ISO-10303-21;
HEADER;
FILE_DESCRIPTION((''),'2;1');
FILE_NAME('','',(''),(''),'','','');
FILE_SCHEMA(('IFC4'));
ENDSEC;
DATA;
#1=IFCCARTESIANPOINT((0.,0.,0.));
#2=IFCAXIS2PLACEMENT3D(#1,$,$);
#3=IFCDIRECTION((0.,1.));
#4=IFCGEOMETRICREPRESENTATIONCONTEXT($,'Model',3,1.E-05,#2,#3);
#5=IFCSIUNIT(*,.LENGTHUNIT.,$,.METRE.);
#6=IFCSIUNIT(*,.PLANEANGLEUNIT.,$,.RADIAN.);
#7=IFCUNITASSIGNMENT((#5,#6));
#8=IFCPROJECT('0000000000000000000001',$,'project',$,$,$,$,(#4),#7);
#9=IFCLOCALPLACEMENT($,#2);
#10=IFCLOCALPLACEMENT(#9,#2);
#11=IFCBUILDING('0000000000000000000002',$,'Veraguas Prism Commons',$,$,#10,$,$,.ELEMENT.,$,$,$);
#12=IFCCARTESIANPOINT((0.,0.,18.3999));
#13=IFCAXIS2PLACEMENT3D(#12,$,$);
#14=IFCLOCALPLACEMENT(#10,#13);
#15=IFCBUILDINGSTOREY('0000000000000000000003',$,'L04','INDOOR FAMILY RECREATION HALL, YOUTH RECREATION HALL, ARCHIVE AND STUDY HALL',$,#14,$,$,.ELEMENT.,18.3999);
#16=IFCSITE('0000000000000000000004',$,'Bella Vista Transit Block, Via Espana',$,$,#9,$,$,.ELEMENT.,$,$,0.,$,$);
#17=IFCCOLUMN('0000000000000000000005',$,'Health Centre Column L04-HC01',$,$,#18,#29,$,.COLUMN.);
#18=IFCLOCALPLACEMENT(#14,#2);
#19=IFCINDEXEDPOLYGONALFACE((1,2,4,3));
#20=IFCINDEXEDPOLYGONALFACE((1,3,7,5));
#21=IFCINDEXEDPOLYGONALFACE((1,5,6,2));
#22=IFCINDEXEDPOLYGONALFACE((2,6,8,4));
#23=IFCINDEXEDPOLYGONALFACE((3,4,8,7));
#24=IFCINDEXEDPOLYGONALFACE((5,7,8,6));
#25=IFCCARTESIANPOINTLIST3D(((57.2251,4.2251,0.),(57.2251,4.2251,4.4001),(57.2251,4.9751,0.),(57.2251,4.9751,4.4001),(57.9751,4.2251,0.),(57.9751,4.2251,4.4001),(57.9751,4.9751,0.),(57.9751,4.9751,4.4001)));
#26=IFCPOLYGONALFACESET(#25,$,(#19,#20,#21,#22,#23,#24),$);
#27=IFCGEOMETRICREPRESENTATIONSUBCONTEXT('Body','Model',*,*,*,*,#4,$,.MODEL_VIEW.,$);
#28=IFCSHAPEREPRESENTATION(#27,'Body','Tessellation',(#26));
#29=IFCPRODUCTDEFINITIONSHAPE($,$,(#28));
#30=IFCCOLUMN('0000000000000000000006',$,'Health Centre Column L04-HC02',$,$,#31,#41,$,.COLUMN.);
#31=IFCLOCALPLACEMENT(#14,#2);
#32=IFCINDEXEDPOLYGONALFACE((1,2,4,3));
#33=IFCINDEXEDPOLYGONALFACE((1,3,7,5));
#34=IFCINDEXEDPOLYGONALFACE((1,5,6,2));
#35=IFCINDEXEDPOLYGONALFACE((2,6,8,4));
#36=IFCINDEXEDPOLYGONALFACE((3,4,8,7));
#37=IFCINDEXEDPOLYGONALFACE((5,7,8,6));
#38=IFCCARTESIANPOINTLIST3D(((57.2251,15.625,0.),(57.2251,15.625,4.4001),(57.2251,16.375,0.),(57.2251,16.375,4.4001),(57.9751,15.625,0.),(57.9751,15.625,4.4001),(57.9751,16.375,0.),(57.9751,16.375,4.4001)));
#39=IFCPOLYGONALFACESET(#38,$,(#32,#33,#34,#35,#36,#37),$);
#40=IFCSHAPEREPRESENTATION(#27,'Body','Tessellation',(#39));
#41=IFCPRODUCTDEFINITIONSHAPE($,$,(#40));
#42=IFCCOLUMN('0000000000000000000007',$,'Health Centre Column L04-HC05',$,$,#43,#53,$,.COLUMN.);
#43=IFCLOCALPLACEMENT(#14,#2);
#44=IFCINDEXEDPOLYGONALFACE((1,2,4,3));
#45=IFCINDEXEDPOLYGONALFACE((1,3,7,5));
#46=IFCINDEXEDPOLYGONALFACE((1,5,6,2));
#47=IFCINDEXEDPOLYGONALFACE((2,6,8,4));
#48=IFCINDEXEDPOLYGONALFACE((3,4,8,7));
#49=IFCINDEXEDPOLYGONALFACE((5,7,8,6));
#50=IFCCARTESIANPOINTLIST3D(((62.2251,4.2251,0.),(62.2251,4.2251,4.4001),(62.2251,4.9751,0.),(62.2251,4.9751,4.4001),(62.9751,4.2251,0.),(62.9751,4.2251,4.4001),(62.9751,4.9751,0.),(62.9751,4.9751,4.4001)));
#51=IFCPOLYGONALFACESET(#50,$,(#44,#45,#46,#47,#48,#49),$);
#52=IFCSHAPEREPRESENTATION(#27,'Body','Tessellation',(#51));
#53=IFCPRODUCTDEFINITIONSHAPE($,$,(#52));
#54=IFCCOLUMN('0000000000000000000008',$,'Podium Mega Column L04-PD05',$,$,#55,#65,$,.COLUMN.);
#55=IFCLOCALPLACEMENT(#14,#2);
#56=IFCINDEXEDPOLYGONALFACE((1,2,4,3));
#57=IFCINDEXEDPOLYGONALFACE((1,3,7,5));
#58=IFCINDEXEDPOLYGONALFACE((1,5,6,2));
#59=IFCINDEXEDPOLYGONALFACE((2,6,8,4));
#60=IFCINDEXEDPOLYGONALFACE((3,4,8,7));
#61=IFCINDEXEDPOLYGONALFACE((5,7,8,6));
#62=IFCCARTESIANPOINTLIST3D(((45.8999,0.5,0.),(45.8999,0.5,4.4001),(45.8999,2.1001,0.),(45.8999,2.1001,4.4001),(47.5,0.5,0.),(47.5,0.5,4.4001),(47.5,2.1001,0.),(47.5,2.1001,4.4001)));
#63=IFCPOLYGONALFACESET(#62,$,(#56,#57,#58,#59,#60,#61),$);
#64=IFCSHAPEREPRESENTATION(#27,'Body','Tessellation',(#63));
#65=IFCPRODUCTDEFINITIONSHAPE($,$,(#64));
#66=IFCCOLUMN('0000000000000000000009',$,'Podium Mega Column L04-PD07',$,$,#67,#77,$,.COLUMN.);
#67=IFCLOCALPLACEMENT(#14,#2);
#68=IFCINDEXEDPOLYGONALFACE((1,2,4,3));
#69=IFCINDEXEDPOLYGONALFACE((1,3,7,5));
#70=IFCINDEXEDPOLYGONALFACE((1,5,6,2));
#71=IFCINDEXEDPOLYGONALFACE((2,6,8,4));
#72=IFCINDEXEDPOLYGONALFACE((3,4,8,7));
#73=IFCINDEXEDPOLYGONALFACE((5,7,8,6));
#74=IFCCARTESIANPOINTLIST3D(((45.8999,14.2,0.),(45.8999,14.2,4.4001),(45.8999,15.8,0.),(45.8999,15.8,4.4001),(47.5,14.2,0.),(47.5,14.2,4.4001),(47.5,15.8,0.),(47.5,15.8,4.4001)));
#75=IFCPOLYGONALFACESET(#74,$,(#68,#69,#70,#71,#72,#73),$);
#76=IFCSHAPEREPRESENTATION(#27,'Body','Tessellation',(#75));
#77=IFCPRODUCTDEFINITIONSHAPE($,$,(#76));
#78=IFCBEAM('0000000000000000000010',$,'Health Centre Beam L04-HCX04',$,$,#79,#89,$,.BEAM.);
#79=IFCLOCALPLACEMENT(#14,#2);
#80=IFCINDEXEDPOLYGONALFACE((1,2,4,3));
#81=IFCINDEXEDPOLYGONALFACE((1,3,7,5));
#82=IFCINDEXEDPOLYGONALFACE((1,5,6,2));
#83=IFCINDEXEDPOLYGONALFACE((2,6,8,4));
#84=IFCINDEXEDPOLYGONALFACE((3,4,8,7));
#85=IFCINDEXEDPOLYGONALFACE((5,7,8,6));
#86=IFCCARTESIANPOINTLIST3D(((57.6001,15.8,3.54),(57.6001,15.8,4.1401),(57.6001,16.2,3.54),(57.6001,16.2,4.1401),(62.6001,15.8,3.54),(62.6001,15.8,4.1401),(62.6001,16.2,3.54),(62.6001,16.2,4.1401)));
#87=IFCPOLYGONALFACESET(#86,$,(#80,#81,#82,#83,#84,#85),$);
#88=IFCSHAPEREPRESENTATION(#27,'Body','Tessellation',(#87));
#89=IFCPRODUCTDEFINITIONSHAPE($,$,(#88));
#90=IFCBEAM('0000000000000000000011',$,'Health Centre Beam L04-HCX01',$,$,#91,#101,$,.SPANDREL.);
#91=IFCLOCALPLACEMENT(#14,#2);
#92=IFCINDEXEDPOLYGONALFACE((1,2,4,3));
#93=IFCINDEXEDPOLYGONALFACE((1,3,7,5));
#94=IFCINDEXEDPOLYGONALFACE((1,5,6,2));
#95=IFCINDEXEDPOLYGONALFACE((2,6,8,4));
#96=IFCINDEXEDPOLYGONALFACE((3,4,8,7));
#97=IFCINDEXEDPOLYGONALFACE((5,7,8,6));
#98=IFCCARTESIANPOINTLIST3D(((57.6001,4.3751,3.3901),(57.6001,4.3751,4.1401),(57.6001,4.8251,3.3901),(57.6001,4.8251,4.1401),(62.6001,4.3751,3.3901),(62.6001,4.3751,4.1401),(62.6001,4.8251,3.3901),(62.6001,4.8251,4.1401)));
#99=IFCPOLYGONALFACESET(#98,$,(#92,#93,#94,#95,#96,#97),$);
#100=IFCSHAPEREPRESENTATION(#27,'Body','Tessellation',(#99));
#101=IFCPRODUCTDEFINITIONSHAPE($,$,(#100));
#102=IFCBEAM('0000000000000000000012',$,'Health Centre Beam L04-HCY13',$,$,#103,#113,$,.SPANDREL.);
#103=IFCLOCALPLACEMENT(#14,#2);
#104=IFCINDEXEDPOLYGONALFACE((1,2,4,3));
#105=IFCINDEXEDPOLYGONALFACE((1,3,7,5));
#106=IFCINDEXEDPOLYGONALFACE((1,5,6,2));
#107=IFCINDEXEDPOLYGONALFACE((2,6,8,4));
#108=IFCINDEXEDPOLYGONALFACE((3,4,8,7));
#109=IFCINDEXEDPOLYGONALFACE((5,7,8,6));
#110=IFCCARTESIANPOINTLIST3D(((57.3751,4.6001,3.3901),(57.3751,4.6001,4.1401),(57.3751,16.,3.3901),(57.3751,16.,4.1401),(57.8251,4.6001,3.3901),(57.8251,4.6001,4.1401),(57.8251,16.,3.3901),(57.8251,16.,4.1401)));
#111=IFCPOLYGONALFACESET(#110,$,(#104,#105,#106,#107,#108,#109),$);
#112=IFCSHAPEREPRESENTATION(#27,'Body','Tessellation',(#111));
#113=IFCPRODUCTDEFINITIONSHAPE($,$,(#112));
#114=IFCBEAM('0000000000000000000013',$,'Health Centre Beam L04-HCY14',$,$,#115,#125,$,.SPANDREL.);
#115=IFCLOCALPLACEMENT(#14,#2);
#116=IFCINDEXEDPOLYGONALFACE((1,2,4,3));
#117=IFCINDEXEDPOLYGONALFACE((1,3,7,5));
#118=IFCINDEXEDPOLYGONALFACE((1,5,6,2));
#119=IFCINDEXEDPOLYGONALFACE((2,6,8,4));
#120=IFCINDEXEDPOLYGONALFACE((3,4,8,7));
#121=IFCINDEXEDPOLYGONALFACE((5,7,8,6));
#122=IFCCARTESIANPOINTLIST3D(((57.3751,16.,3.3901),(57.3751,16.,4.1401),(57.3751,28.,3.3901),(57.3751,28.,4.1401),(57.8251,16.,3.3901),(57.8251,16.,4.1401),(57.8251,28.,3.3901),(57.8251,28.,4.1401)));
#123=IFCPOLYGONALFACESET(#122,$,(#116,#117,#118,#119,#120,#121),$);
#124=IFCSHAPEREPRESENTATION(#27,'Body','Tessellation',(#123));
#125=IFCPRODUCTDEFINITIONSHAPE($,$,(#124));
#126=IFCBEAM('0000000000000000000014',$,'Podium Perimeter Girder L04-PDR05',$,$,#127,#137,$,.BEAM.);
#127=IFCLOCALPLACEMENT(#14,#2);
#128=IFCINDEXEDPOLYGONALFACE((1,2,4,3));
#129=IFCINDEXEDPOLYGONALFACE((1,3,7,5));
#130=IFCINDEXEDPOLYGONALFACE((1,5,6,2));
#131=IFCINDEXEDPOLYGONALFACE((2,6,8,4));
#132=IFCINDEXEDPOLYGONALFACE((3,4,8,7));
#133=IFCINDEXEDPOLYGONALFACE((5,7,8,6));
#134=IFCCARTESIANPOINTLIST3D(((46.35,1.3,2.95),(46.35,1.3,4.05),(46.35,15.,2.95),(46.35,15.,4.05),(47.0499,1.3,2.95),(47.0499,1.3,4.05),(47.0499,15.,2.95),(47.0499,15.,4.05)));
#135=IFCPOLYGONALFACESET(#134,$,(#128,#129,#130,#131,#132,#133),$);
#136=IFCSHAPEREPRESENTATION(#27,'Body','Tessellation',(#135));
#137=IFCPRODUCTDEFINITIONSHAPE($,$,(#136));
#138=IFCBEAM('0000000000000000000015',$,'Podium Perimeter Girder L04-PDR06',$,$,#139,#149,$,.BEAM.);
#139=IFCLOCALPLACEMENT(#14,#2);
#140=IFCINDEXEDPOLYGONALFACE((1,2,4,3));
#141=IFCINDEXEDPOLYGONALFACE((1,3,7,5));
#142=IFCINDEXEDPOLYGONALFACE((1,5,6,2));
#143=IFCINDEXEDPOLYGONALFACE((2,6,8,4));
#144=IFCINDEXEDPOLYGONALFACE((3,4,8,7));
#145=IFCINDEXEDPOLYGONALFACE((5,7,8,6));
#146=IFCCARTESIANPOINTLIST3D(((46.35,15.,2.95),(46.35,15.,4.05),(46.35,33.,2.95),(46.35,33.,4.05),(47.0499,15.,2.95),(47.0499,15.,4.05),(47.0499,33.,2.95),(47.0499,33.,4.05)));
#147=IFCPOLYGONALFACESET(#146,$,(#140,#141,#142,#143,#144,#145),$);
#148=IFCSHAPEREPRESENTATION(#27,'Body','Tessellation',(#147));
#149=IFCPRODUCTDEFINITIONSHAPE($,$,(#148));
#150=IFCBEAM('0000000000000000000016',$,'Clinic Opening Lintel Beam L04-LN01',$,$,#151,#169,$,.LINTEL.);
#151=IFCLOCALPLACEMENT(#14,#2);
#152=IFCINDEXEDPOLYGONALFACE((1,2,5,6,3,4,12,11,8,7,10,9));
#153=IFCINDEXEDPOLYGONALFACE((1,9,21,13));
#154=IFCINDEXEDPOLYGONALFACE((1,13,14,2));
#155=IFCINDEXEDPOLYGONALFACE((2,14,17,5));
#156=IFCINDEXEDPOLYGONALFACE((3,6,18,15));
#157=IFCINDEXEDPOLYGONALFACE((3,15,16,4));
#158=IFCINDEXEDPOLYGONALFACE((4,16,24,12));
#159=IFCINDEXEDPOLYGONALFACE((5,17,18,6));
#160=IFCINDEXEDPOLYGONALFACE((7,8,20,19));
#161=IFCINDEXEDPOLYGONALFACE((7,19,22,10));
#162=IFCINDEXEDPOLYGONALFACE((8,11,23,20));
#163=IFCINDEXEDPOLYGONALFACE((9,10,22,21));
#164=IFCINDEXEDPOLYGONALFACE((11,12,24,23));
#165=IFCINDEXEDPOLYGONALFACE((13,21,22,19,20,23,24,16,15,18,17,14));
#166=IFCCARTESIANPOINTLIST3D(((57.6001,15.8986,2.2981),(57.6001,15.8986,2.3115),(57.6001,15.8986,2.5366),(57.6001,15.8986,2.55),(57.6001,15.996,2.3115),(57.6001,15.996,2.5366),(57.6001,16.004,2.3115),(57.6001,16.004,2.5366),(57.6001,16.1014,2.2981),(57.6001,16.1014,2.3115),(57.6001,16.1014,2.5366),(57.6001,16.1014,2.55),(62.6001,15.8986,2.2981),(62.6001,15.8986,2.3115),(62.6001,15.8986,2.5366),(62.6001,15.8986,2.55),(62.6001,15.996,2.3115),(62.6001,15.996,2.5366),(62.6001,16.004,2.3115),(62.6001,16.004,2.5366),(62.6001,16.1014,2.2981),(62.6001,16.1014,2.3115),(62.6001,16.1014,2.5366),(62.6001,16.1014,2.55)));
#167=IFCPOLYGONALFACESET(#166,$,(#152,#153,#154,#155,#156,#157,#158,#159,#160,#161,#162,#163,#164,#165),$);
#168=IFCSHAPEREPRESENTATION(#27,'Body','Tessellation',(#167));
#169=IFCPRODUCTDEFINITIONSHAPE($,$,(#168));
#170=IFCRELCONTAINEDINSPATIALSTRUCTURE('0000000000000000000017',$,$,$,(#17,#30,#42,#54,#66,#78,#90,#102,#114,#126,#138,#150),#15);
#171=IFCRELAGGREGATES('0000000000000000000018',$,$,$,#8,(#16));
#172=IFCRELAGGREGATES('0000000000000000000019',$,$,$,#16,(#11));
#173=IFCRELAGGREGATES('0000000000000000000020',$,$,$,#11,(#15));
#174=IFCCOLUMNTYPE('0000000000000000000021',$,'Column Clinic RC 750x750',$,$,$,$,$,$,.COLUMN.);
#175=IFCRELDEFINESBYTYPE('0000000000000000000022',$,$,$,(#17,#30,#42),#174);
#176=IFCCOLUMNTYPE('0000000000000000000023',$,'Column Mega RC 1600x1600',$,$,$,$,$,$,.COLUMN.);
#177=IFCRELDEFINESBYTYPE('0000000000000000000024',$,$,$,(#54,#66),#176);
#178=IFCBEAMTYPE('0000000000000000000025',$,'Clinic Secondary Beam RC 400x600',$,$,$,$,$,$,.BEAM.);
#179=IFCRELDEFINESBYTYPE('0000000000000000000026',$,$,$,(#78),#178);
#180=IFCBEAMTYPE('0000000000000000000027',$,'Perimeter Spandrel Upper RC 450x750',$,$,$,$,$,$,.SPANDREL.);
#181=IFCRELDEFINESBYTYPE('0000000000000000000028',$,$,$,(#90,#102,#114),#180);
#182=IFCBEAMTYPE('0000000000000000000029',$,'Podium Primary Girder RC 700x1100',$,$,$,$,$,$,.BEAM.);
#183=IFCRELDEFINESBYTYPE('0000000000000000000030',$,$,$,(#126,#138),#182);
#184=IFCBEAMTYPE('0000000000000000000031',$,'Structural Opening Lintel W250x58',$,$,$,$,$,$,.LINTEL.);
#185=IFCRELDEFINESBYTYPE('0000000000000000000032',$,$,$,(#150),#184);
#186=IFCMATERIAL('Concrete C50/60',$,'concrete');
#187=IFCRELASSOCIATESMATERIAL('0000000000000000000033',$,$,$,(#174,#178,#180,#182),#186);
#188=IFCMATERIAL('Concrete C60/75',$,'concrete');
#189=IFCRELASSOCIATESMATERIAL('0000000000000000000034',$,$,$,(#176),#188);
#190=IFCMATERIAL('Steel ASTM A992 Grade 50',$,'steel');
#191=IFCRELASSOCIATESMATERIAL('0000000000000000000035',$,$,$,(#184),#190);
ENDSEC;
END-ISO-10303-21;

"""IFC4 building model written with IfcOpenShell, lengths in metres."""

from ifc_helpers import new_model, si_unit, direction, frame, origin, origin_2d, place, context, subcontext, project, spatial, rectangle, i_section, extrude, material, material_profile, profile_set, type_object, element, save


model = new_model("IFC4")

# Units and contexts
model_context = context("Model", 3, precision=1e-05, world=origin(), true_north=direction((0.0, 1.0)))
body_context = subcontext(model_context, "Body", "Model", "MODEL_VIEW")
ifc_project = project(units=[si_unit("LENGTHUNIT", "METRE"), si_unit("PLANEANGLEUNIT", "RADIAN")], contexts=[model_context])

# Site, building, storey
site_placement = place(None, origin())
site = spatial("IfcSite", under=ifc_project, at=site_placement, Name="Bella Vista Transit Block, Via Espana", CompositionType="ELEMENT", RefElevation=0.0)
building_placement = place(site_placement, origin())
building = spatial("IfcBuilding", under=site, at=building_placement, Name="Veraguas Prism Commons", CompositionType="ELEMENT")
storey_placement = place(building_placement, frame((0.0, 0.0, 18.3999)))
storey = spatial("IfcBuildingStorey", under=building, at=storey_placement, Name="L04", Description="INDOOR FAMILY RECREATION HALL, YOUTH RECREATION HALL, ARCHIVE AND STUDY HALL", CompositionType="ELEMENT", Elevation=18.3999)

# Columns
ifc_material_1 = material(Name="Concrete C50/60", Category="concrete")
ifc_material_profile_1 = material_profile(ifc_material_1, rectangle(XDim=0.75, YDim=0.75, at=origin_2d()), Name="RC750X750")
ifc_profile_set_1 = profile_set([ifc_material_profile_1], Name="Concrete C50/60")
column_type_1 = type_object("IfcColumnType", Name="Column Clinic RC 750x750", PredefinedType="COLUMN", material=ifc_profile_set_1)
for number, where, z_axis, x_axis, name in (
    (1, (57.6001, 4.6001, 0.0), (0.0, 0.0, 1.0), (1.0, 0.0, 0.0), "Health Centre Column L04-HC01"),
    (2, (57.6001, 16.0, 0.0), (0.0, 0.0, 1.0), (1.0, 0.0, 0.0), "Health Centre Column L04-HC02"),
    (3, (62.6001, 4.6001, 0.0), (0.0, 0.0, 1.0), (1.0, 0.0, 0.0), "Health Centre Column L04-HC05"),
):
    element("IfcColumn", number, at=place(storey_placement, frame(where, z_axis=z_axis, x_axis=x_axis)), inside=storey, type_object=column_type_1, Name=name, PredefinedType="COLUMN", context=body_context, shape_type="SweptSolid", body=[
        extrude(rectangle(XDim=0.75, YDim=0.75, at=origin_2d()), origin(), (0.0, 0.0, 1.0), 4.4001),
    ])
ifc_material_2 = material(Name="Concrete C60/75", Category="concrete")
ifc_material_profile_2 = material_profile(ifc_material_2, rectangle(XDim=1.6001, YDim=1.6001, at=origin_2d()), Name="RC1600X1600")
ifc_profile_set_2 = profile_set([ifc_material_profile_2], Name="Concrete C60/75")
column_type_2 = type_object("IfcColumnType", Name="Column Mega RC 1600x1600", PredefinedType="COLUMN", material=ifc_profile_set_2)
for number, where, z_axis, x_axis, name in (
    (4, (46.7, 1.3, 0.0), (0.0, 0.0, 1.0), (1.0, 0.0, 0.0), "Podium Mega Column L04-PD05"),
    (5, (46.7, 15.0, 0.0), (0.0, 0.0, 1.0), (1.0, 0.0, 0.0), "Podium Mega Column L04-PD07"),
):
    element("IfcColumn", number, at=place(storey_placement, frame(where, z_axis=z_axis, x_axis=x_axis)), inside=storey, type_object=column_type_2, Name=name, PredefinedType="COLUMN", context=body_context, shape_type="SweptSolid", body=[
        extrude(rectangle(XDim=1.6001, YDim=1.6001, at=origin_2d()), origin(), (0.0, 0.0, 1.0), 4.4001),
    ])

# Beams
ifc_material_profile_3 = material_profile(ifc_material_1, rectangle(XDim=0.3999, YDim=0.6001, at=origin_2d()), Name="RC400X600")
ifc_profile_set_3 = profile_set([ifc_material_profile_3], Name="Concrete C50/60")
beam_type_1 = type_object("IfcBeamType", Name="Clinic Secondary Beam RC 400x600", PredefinedType="BEAM", material=ifc_profile_set_3)
beam_1_placement = place(storey_placement, frame((57.6001, 16.0, 3.8401), z_axis=(1.0, 0.0, 0.0), x_axis=(0.0, 1.0, 0.0)))
element("IfcBeam", 6, at=beam_1_placement, inside=storey, type_object=beam_type_1, Name="Health Centre Beam L04-HCX04", PredefinedType="BEAM", context=body_context, shape_type="SweptSolid", body=[
    extrude(rectangle(XDim=0.3999, YDim=0.6001, at=origin_2d()), origin(), (0.0, 0.0, 1.0), 5.0),
])
ifc_material_profile_4 = material_profile(ifc_material_1, rectangle(XDim=0.45, YDim=0.75, at=origin_2d()), Name="RC450X750")
ifc_profile_set_4 = profile_set([ifc_material_profile_4], Name="Concrete C50/60")
beam_type_2 = type_object("IfcBeamType", Name="Perimeter Spandrel Upper RC 450x750", PredefinedType="SPANDREL", material=ifc_profile_set_4)
beam_2_placement = place(storey_placement, frame((57.6001, 4.6001, 3.7651), z_axis=(1.0, 0.0, 0.0), x_axis=(0.0, 1.0, 0.0)))
element("IfcBeam", 7, at=beam_2_placement, inside=storey, type_object=beam_type_2, Name="Health Centre Beam L04-HCX01", PredefinedType="SPANDREL", context=body_context, shape_type="SweptSolid", body=[
    extrude(rectangle(XDim=0.45, YDim=0.75, at=origin_2d()), origin(), (0.0, 0.0, 1.0), 5.0),
])
beam_3_placement = place(storey_placement, frame((57.6001, 4.6001, 3.7651), z_axis=(0.0, 1.0, 0.0), x_axis=(-1.0, 0.0, 0.0)))
element("IfcBeam", 8, at=beam_3_placement, inside=storey, type_object=beam_type_2, Name="Health Centre Beam L04-HCY13", PredefinedType="SPANDREL", context=body_context, shape_type="SweptSolid", body=[
    extrude(rectangle(XDim=0.45, YDim=0.75, at=origin_2d()), origin(), (0.0, 0.0, 1.0), 11.3999),
])
beam_4_placement = place(storey_placement, frame((57.6001, 16.0, 3.7651), z_axis=(0.0, 1.0, 0.0), x_axis=(-1.0, 0.0, 0.0)))
element("IfcBeam", 9, at=beam_4_placement, inside=storey, type_object=beam_type_2, Name="Health Centre Beam L04-HCY14", PredefinedType="SPANDREL", context=body_context, shape_type="SweptSolid", body=[
    extrude(rectangle(XDim=0.45, YDim=0.75, at=origin_2d()), origin(), (0.0, 0.0, 1.0), 12.0),
])
ifc_material_profile_5 = material_profile(ifc_material_1, rectangle(XDim=0.7, YDim=1.1001, at=origin_2d()), Name="RC700X1100")
ifc_profile_set_5 = profile_set([ifc_material_profile_5], Name="Concrete C50/60")
beam_type_3 = type_object("IfcBeamType", Name="Podium Primary Girder RC 700x1100", PredefinedType="BEAM", material=ifc_profile_set_5)
beam_5_placement = place(storey_placement, frame((46.7, 1.3, 3.5), z_axis=(0.0, 1.0, 0.0), x_axis=(-1.0, 0.0, 0.0)))
element("IfcBeam", 10, at=beam_5_placement, inside=storey, type_object=beam_type_3, Name="Podium Perimeter Girder L04-PDR05", PredefinedType="BEAM", context=body_context, shape_type="SweptSolid", body=[
    extrude(rectangle(XDim=0.7, YDim=1.1001, at=origin_2d()), origin(), (0.0, 0.0, 1.0), 13.7),
])
beam_6_placement = place(storey_placement, frame((46.7, 15.0, 3.5), z_axis=(0.0, 1.0, 0.0), x_axis=(-1.0, 0.0, 0.0)))
element("IfcBeam", 11, at=beam_6_placement, inside=storey, type_object=beam_type_3, Name="Podium Perimeter Girder L04-PDR06", PredefinedType="BEAM", context=body_context, shape_type="SweptSolid", body=[
    extrude(rectangle(XDim=0.7, YDim=1.1001, at=origin_2d()), origin(), (0.0, 0.0, 1.0), 18.0),
])
ifc_material_3 = material(Name="Steel ASTM A992 Grade 50", Category="steel")
ifc_material_profile_6 = material_profile(ifc_material_3, i_section(OverallWidth=0.2029, OverallDepth=0.252, WebThickness=0.0081, FlangeThickness=0.0134, at=origin_2d()), Name="W250X58")
ifc_profile_set_6 = profile_set([ifc_material_profile_6], Name="Steel ASTM A992 Grade 50")
beam_type_4 = type_object("IfcBeamType", Name="Structural Opening Lintel W250x58", PredefinedType="LINTEL", material=ifc_profile_set_6)
beam_7_placement = place(storey_placement, frame((57.6001, 16.0, 2.4241), z_axis=(1.0, 0.0, 0.0), x_axis=(0.0, 1.0, 0.0)))
element("IfcBeam", 12, at=beam_7_placement, inside=storey, type_object=beam_type_4, Name="Clinic Opening Lintel Beam L04-LN01", PredefinedType="LINTEL", context=body_context, shape_type="SweptSolid", body=[
    extrude(i_section(OverallWidth=0.2029, OverallDepth=0.252, WebThickness=0.0081, FlangeThickness=0.0134, at=origin_2d()), origin(), (0.0, 0.0, 1.0), 5.0),
])

save(model, "model.ifc")
